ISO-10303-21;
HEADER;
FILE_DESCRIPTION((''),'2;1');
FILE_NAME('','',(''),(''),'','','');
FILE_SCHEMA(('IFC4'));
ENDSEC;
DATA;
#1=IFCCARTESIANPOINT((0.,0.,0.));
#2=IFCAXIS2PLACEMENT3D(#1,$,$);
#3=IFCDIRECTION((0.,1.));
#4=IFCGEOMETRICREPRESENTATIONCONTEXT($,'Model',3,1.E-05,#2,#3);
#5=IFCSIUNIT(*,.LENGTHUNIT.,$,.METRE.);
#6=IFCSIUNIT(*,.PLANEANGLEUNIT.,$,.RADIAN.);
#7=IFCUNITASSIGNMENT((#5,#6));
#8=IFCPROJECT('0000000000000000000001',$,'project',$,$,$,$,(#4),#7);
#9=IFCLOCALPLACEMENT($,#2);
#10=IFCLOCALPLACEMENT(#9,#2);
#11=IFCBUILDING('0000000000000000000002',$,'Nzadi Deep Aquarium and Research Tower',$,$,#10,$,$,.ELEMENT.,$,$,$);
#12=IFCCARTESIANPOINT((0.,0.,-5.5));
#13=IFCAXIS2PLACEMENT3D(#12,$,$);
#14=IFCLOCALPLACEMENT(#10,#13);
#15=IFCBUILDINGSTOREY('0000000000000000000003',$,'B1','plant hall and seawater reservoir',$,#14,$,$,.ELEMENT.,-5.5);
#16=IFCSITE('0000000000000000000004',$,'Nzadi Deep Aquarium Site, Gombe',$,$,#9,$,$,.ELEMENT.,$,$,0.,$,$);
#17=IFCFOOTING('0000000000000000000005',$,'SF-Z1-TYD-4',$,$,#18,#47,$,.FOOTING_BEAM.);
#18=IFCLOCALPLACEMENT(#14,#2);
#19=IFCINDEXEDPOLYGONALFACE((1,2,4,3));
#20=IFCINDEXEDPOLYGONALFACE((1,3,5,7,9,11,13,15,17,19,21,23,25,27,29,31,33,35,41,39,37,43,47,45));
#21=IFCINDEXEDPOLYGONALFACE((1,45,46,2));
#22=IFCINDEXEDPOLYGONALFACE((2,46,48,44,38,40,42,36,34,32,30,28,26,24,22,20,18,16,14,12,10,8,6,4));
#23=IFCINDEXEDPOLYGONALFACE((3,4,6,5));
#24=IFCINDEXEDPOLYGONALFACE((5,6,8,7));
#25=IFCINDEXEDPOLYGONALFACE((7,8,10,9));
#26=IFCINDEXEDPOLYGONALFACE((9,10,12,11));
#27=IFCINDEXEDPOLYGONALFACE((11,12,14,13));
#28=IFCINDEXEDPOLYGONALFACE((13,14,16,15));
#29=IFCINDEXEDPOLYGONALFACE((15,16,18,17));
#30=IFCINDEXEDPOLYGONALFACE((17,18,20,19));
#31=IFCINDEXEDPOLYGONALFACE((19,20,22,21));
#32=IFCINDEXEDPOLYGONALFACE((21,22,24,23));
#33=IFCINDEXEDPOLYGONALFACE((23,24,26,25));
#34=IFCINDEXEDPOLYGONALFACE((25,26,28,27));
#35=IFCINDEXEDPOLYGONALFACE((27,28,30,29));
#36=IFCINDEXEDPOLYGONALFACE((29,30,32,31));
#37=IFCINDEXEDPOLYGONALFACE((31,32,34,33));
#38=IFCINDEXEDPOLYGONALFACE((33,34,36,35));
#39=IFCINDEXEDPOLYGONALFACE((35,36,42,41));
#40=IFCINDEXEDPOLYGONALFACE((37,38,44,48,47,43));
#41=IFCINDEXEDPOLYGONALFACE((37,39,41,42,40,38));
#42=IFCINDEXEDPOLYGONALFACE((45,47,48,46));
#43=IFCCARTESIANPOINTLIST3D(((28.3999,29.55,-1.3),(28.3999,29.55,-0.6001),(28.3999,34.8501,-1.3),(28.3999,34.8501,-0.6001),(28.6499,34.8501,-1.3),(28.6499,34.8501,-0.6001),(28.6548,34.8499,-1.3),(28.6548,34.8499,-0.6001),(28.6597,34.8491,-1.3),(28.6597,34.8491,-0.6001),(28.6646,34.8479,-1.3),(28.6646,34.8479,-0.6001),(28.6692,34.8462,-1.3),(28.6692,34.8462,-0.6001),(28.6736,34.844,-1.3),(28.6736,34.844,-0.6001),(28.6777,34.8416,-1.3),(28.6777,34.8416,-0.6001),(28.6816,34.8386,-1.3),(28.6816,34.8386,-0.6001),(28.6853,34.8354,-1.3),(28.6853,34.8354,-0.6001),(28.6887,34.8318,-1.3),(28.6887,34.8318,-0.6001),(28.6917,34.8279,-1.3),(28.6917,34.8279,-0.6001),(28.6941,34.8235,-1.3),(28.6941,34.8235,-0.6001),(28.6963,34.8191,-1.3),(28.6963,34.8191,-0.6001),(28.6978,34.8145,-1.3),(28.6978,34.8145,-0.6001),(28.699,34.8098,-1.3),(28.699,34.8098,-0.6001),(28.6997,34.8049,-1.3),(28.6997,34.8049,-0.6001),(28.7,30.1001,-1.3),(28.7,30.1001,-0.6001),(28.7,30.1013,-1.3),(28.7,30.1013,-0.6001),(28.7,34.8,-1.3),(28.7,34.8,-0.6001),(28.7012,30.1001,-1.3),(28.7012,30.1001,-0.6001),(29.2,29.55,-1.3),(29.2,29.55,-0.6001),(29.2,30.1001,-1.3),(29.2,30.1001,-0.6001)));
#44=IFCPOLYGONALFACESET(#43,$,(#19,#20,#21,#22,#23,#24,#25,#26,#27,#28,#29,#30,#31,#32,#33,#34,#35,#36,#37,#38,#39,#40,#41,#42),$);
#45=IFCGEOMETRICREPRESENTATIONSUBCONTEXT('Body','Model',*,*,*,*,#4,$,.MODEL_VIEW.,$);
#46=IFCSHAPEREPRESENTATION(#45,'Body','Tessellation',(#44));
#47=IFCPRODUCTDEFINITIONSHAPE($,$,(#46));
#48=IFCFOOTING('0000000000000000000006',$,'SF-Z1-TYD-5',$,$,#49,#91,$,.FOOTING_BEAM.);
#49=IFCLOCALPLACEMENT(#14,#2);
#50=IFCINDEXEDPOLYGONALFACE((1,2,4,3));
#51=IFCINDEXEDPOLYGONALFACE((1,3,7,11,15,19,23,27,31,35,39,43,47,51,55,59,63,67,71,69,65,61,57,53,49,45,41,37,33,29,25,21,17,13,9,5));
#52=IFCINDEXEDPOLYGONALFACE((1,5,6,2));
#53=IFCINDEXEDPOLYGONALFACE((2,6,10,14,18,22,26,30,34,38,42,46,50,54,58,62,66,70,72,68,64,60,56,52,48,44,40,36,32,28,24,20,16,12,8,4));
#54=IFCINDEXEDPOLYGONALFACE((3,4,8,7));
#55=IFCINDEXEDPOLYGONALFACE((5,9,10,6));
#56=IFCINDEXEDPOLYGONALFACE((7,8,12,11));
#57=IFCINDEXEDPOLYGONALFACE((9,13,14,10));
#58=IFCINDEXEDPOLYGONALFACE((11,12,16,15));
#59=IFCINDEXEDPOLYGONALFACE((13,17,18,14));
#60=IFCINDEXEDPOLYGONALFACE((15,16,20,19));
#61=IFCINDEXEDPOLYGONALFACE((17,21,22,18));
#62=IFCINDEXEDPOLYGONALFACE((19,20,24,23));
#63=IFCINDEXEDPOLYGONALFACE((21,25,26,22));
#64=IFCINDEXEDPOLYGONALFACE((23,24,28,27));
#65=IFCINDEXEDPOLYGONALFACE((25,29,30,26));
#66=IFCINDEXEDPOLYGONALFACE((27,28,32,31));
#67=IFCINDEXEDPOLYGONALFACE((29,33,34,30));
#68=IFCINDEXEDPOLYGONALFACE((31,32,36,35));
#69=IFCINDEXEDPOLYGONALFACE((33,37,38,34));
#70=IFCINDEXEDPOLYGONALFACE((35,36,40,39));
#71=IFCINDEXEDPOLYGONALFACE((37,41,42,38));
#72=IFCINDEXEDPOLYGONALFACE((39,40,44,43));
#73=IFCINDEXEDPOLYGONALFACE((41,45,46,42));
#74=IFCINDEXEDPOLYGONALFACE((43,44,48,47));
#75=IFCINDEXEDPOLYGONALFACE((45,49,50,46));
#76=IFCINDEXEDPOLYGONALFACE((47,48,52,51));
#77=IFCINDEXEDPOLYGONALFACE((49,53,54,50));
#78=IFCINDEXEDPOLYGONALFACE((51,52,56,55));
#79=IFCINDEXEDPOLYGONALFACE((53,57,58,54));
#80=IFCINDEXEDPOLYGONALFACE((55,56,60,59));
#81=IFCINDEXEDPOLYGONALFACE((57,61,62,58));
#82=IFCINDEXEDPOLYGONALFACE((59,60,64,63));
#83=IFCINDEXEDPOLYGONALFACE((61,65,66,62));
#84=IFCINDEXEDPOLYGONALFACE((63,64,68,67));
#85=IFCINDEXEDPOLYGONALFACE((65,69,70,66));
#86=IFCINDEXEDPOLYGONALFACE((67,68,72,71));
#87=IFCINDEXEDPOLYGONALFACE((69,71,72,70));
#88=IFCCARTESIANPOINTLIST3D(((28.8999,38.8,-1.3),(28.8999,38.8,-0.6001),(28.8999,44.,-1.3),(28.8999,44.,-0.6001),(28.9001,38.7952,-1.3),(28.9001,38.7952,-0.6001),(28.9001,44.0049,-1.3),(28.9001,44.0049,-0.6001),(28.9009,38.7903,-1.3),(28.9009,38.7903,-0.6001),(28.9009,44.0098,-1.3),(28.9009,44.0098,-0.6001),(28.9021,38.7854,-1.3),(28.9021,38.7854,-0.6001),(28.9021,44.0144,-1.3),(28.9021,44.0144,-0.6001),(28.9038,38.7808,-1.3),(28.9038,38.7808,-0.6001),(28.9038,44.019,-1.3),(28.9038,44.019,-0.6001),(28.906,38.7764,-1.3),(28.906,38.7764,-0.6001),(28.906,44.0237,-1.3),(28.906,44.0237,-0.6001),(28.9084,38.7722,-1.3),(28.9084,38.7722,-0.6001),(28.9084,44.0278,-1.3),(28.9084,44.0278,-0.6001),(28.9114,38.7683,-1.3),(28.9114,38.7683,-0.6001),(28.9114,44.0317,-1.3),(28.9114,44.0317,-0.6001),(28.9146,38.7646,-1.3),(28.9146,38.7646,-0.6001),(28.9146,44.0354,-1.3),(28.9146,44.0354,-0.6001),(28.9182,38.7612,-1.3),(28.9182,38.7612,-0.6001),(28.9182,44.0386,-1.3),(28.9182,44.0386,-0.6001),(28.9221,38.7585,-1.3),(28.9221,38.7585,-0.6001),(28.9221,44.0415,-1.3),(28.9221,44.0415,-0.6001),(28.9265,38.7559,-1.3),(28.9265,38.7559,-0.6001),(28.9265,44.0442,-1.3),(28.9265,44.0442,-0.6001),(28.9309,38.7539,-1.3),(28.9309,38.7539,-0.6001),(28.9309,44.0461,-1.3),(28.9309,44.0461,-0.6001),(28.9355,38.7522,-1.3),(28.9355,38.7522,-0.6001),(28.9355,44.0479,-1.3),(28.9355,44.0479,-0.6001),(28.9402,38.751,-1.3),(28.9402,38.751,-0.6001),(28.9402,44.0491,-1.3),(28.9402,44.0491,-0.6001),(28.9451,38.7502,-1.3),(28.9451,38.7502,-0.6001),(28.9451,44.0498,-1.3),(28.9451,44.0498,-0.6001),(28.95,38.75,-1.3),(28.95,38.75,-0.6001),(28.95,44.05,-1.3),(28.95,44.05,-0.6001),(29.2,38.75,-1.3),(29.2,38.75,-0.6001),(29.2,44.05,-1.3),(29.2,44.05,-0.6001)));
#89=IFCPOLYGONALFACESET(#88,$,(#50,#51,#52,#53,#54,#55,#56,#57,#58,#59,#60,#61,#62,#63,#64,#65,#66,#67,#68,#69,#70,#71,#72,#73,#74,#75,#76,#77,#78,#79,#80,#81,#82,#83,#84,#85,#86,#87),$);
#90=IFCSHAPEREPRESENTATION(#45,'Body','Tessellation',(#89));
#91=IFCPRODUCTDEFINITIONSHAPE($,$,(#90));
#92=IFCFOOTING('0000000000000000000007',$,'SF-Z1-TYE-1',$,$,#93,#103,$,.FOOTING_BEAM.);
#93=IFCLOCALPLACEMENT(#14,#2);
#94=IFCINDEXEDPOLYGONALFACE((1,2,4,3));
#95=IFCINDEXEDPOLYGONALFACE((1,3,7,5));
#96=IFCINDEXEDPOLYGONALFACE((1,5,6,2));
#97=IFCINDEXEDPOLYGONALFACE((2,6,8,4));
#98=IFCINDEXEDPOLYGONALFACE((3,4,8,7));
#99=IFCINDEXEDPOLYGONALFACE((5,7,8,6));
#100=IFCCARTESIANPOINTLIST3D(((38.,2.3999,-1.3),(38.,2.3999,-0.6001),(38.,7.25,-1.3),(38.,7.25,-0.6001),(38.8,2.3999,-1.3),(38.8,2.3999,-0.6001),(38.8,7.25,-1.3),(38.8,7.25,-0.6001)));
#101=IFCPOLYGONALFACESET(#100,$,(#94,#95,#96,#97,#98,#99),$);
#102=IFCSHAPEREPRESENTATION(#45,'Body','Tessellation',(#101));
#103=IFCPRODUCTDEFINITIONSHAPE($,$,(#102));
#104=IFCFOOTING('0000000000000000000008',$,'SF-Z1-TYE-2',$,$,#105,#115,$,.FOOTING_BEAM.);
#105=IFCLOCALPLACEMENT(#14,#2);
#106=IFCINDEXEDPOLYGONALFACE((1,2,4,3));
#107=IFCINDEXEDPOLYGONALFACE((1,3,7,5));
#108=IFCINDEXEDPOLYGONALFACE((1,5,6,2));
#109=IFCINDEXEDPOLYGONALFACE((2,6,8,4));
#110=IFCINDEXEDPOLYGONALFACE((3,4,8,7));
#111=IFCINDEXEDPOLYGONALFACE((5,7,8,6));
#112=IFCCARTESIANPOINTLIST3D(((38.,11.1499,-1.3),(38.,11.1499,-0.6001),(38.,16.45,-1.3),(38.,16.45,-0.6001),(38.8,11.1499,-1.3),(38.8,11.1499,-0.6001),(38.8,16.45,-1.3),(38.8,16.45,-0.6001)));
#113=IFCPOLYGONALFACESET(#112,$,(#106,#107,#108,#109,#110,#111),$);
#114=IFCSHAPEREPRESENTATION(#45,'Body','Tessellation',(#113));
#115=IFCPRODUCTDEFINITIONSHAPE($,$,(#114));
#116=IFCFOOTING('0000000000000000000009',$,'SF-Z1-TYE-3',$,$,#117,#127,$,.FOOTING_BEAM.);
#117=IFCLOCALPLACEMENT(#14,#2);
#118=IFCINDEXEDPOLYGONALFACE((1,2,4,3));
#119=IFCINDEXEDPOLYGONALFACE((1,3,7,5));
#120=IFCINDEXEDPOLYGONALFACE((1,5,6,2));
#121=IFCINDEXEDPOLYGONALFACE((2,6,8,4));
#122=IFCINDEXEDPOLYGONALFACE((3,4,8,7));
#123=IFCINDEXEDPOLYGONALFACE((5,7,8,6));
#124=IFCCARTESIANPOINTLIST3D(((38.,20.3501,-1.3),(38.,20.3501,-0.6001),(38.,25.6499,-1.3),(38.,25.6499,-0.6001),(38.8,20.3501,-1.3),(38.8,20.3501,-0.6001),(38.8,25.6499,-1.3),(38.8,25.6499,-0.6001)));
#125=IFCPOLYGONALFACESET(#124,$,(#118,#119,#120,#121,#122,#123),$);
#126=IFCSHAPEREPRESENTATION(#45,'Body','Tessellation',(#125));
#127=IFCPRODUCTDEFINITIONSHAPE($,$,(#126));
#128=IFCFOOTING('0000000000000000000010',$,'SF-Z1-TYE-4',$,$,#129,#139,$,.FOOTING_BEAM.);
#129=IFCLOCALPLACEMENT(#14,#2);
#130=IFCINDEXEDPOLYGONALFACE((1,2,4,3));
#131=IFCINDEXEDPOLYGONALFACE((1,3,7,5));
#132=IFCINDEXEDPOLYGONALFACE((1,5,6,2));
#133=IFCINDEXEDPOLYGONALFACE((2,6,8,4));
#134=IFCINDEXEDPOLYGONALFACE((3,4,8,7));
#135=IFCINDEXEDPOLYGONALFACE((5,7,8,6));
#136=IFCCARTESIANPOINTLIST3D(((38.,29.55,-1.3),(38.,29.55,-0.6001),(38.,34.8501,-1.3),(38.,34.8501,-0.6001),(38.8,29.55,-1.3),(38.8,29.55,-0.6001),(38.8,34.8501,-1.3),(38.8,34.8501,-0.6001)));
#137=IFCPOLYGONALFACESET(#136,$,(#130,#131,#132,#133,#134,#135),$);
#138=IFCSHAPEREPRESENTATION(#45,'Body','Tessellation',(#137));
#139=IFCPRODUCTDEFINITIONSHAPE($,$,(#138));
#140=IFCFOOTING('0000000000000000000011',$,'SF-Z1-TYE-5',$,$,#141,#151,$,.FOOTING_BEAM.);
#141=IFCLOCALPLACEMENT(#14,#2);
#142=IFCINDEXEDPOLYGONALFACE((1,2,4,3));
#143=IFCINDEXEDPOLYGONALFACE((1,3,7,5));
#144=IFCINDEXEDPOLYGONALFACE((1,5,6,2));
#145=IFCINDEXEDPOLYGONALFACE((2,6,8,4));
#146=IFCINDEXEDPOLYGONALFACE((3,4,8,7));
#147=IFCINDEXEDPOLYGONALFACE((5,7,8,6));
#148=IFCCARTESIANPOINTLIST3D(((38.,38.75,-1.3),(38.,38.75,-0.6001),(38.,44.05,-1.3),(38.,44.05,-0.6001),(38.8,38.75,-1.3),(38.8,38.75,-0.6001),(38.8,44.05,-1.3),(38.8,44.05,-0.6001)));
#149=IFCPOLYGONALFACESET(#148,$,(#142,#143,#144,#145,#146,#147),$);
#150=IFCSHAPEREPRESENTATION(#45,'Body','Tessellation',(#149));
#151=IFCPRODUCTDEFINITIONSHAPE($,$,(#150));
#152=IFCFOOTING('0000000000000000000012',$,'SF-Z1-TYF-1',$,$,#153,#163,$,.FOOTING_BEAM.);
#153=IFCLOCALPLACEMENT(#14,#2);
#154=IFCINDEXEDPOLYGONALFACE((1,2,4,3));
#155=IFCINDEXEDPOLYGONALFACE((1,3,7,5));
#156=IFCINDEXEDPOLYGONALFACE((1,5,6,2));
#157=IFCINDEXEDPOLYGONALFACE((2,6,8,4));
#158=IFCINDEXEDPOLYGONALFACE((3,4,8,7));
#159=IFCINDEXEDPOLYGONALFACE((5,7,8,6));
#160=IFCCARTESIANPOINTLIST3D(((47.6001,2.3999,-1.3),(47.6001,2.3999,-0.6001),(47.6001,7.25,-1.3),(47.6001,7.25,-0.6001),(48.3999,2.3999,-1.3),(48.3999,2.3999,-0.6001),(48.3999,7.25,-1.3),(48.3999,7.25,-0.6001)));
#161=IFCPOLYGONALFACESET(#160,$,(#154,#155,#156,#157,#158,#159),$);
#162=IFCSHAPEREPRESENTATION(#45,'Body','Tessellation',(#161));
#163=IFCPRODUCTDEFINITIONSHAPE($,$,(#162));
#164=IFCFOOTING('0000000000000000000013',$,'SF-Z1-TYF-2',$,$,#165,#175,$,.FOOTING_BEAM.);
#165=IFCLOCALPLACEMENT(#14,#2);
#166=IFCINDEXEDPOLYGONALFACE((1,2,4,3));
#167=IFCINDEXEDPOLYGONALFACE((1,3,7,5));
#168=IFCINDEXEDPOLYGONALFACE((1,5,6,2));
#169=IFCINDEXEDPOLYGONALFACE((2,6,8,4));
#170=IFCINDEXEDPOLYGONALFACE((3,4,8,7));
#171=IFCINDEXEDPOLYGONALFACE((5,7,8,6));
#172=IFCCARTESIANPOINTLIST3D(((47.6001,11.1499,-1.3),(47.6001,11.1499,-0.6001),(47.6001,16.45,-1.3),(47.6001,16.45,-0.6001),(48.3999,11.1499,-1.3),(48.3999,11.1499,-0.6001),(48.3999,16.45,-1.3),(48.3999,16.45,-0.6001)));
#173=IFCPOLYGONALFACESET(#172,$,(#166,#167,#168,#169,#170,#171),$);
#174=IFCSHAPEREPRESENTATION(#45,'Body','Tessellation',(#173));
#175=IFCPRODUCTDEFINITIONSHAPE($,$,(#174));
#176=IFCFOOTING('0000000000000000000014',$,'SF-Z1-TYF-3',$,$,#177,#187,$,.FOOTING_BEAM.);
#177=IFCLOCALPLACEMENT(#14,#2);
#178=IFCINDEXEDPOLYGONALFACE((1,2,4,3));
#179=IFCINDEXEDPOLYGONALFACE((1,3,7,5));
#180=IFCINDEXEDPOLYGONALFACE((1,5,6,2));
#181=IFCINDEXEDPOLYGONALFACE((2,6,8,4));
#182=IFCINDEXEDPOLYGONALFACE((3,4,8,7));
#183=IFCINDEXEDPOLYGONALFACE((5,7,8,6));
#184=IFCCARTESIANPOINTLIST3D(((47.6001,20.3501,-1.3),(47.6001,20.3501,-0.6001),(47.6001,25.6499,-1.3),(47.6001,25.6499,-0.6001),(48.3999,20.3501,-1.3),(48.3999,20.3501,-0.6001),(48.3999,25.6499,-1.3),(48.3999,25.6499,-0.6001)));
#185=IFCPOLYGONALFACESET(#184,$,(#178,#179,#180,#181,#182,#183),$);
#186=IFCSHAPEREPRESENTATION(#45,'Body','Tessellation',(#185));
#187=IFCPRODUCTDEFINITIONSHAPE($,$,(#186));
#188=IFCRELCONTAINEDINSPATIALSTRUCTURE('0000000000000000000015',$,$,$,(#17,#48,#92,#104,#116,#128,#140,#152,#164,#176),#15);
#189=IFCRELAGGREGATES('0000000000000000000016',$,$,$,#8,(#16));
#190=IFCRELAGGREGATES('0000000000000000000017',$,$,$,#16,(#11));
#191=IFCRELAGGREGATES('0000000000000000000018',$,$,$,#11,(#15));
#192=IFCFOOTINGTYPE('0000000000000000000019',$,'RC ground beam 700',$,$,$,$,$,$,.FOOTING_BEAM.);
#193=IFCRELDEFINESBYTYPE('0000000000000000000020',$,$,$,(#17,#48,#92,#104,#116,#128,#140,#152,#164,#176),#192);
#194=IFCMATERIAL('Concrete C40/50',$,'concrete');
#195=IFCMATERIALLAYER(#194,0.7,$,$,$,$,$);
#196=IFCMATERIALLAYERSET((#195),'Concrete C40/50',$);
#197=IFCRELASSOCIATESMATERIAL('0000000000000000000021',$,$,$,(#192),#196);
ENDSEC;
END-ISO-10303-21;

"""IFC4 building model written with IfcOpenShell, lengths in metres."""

from ifc_helpers import new_model, si_unit, direction, frame, origin, place, context, subcontext, project, spatial, polyline, outline, extrude, material, layer, layer_set, type_object, element, save


model = new_model("IFC4")

# Units and contexts
model_context = context("Model", 3, precision=1e-05, world=origin(), true_north=direction((0.0, 1.0)))
body_context = subcontext(model_context, "Body", "Model", "MODEL_VIEW")
ifc_project = project(units=[si_unit("LENGTHUNIT", "METRE"), si_unit("PLANEANGLEUNIT", "RADIAN")], contexts=[model_context])

# Site, building, storey
site_placement = place(None, origin())
site = spatial("IfcSite", under=ifc_project, at=site_placement, Name="Nzadi Deep Aquarium Site, Gombe", CompositionType="ELEMENT", RefElevation=0.0)
building_placement = place(site_placement, origin())
building = spatial("IfcBuilding", under=site, at=building_placement, Name="Nzadi Deep Aquarium and Research Tower", CompositionType="ELEMENT")
storey_placement = place(building_placement, frame((0.0, 0.0, -5.5)))
storey = spatial("IfcBuildingStorey", under=building, at=storey_placement, Name="B1", Description="plant hall and seawater reservoir", CompositionType="ELEMENT", Elevation=-5.5)

# Footings
ifc_material = material(Name="Concrete C40/50", Category="concrete")
ifc_layer = layer(ifc_material, 0.7)
ifc_layer_set = layer_set([ifc_layer], Name="Concrete C40/50")
footing_type = type_object("IfcFootingType", Name="RC ground beam 700", PredefinedType="FOOTING_BEAM", material=ifc_layer_set)
footing_1_placement = place(storey_placement, frame((0.0, 0.0, -1.3)))
element("IfcFooting", 1, at=footing_1_placement, inside=storey, type_object=footing_type, Name="SF-Z1-TYD-4", PredefinedType="FOOTING_BEAM", context=body_context, shape_type="SweptSolid", body=[
    extrude(outline(polyline([(29.2, 29.55), (29.2, 30.1001), (28.7012, 30.1001), (28.7, 30.1001), (28.7, 30.1013), (28.7, 34.8), (28.6997, 34.8049), (28.699, 34.8098), (28.6978, 34.8145), (28.6963, 34.8191), (28.6941, 34.8235), (28.6917, 34.8279), (28.6887, 34.8318), (28.6853, 34.8354), (28.6816, 34.8386), (28.6777, 34.8416), (28.6736, 34.844), (28.6692, 34.8462), (28.6646, 34.8479), (28.6597, 34.8491), (28.6548, 34.8499), (28.6499, 34.8501), (28.3999, 34.8501), (28.3999, 29.55), (29.2, 29.55)])), origin(), (0.0, 0.0, 1.0), 0.7),
])
footing_2_placement = place(storey_placement, frame((0.0, 0.0, -1.3)))
element("IfcFooting", 2, at=footing_2_placement, inside=storey, type_object=footing_type, Name="SF-Z1-TYD-5", PredefinedType="FOOTING_BEAM", context=body_context, shape_type="SweptSolid", body=[
    extrude(outline(polyline([(29.2, 38.75), (29.2, 44.05), (28.95, 44.05), (28.9451, 44.0498), (28.9402, 44.0491), (28.9355, 44.0479), (28.9309, 44.0461), (28.9265, 44.0442), (28.9221, 44.0415), (28.9182, 44.0386), (28.9146, 44.0354), (28.9114, 44.0317), (28.9084, 44.0278), (28.906, 44.0237), (28.9038, 44.019), (28.9021, 44.0144), (28.9009, 44.0098), (28.9001, 44.0049), (28.8999, 44.0), (28.8999, 38.8), (28.9001, 38.7952), (28.9009, 38.7903), (28.9021, 38.7854), (28.9038, 38.7808), (28.906, 38.7764), (28.9084, 38.7722), (28.9114, 38.7683), (28.9146, 38.7646), (28.9182, 38.7612), (28.9221, 38.7585), (28.9265, 38.7559), (28.9309, 38.7539), (28.9355, 38.7522), (28.9402, 38.751), (28.9451, 38.7502), (28.95, 38.75), (29.2, 38.75)])), origin(), (0.0, 0.0, 1.0), 0.7),
])
footing_3_placement = place(storey_placement, frame((0.0, 0.0, -1.3)))
element("IfcFooting", 3, at=footing_3_placement, inside=storey, type_object=footing_type, Name="SF-Z1-TYE-1", PredefinedType="FOOTING_BEAM", context=body_context, shape_type="SweptSolid", body=[
    extrude(outline(polyline([(38.8, 2.3999), (38.8, 7.25), (38.0, 7.25), (38.0, 2.3999), (38.8, 2.3999)])), origin(), (0.0, 0.0, 1.0), 0.7),
])
footing_4_placement = place(storey_placement, frame((0.0, 0.0, -1.3)))
element("IfcFooting", 4, at=footing_4_placement, inside=storey, type_object=footing_type, Name="SF-Z1-TYE-2", PredefinedType="FOOTING_BEAM", context=body_context, shape_type="SweptSolid", body=[
    extrude(outline(polyline([(38.8, 11.1499), (38.8, 16.45), (38.0, 16.45), (38.0, 11.1499), (38.8, 11.1499)])), origin(), (0.0, 0.0, 1.0), 0.7),
])
footing_5_placement = place(storey_placement, frame((0.0, 0.0, -1.3)))
element("IfcFooting", 5, at=footing_5_placement, inside=storey, type_object=footing_type, Name="SF-Z1-TYE-3", PredefinedType="FOOTING_BEAM", context=body_context, shape_type="SweptSolid", body=[
    extrude(outline(polyline([(38.8, 20.3501), (38.8, 25.6499), (38.0, 25.6499), (38.0, 20.3501), (38.8, 20.3501)])), origin(), (0.0, 0.0, 1.0), 0.7),
])
footing_6_placement = place(storey_placement, frame((0.0, 0.0, -1.3)))
element("IfcFooting", 6, at=footing_6_placement, inside=storey, type_object=footing_type, Name="SF-Z1-TYE-4", PredefinedType="FOOTING_BEAM", context=body_context, shape_type="SweptSolid", body=[
    extrude(outline(polyline([(38.8, 29.55), (38.8, 34.8501), (38.0, 34.8501), (38.0, 29.55), (38.8, 29.55)])), origin(), (0.0, 0.0, 1.0), 0.7),
])
footing_7_placement = place(storey_placement, frame((0.0, 0.0, -1.3)))
element("IfcFooting", 7, at=footing_7_placement, inside=storey, type_object=footing_type, Name="SF-Z1-TYE-5", PredefinedType="FOOTING_BEAM", context=body_context, shape_type="SweptSolid", body=[
    extrude(outline(polyline([(38.8, 38.75), (38.8, 44.05), (38.0, 44.05), (38.0, 38.75), (38.8, 38.75)])), origin(), (0.0, 0.0, 1.0), 0.7),
])
footing_8_placement = place(storey_placement, frame((0.0, 0.0, -1.3)))
element("IfcFooting", 8, at=footing_8_placement, inside=storey, type_object=footing_type, Name="SF-Z1-TYF-1", PredefinedType="FOOTING_BEAM", context=body_context, shape_type="SweptSolid", body=[
    extrude(outline(polyline([(48.3999, 2.3999), (48.3999, 7.25), (47.6001, 7.25), (47.6001, 2.3999), (48.3999, 2.3999)])), origin(), (0.0, 0.0, 1.0), 0.7),
])
footing_9_placement = place(storey_placement, frame((0.0, 0.0, -1.3)))
element("IfcFooting", 9, at=footing_9_placement, inside=storey, type_object=footing_type, Name="SF-Z1-TYF-2", PredefinedType="FOOTING_BEAM", context=body_context, shape_type="SweptSolid", body=[
    extrude(outline(polyline([(48.3999, 11.1499), (48.3999, 16.45), (47.6001, 16.45), (47.6001, 11.1499), (48.3999, 11.1499)])), origin(), (0.0, 0.0, 1.0), 0.7),
])
footing_10_placement = place(storey_placement, frame((0.0, 0.0, -1.3)))
element("IfcFooting", 10, at=footing_10_placement, inside=storey, type_object=footing_type, Name="SF-Z1-TYF-3", PredefinedType="FOOTING_BEAM", context=body_context, shape_type="SweptSolid", body=[
    extrude(outline(polyline([(48.3999, 20.3501), (48.3999, 25.6499), (47.6001, 25.6499), (47.6001, 20.3501), (48.3999, 20.3501)])), origin(), (0.0, 0.0, 1.0), 0.7),
])

save(model, "model.ifc")
